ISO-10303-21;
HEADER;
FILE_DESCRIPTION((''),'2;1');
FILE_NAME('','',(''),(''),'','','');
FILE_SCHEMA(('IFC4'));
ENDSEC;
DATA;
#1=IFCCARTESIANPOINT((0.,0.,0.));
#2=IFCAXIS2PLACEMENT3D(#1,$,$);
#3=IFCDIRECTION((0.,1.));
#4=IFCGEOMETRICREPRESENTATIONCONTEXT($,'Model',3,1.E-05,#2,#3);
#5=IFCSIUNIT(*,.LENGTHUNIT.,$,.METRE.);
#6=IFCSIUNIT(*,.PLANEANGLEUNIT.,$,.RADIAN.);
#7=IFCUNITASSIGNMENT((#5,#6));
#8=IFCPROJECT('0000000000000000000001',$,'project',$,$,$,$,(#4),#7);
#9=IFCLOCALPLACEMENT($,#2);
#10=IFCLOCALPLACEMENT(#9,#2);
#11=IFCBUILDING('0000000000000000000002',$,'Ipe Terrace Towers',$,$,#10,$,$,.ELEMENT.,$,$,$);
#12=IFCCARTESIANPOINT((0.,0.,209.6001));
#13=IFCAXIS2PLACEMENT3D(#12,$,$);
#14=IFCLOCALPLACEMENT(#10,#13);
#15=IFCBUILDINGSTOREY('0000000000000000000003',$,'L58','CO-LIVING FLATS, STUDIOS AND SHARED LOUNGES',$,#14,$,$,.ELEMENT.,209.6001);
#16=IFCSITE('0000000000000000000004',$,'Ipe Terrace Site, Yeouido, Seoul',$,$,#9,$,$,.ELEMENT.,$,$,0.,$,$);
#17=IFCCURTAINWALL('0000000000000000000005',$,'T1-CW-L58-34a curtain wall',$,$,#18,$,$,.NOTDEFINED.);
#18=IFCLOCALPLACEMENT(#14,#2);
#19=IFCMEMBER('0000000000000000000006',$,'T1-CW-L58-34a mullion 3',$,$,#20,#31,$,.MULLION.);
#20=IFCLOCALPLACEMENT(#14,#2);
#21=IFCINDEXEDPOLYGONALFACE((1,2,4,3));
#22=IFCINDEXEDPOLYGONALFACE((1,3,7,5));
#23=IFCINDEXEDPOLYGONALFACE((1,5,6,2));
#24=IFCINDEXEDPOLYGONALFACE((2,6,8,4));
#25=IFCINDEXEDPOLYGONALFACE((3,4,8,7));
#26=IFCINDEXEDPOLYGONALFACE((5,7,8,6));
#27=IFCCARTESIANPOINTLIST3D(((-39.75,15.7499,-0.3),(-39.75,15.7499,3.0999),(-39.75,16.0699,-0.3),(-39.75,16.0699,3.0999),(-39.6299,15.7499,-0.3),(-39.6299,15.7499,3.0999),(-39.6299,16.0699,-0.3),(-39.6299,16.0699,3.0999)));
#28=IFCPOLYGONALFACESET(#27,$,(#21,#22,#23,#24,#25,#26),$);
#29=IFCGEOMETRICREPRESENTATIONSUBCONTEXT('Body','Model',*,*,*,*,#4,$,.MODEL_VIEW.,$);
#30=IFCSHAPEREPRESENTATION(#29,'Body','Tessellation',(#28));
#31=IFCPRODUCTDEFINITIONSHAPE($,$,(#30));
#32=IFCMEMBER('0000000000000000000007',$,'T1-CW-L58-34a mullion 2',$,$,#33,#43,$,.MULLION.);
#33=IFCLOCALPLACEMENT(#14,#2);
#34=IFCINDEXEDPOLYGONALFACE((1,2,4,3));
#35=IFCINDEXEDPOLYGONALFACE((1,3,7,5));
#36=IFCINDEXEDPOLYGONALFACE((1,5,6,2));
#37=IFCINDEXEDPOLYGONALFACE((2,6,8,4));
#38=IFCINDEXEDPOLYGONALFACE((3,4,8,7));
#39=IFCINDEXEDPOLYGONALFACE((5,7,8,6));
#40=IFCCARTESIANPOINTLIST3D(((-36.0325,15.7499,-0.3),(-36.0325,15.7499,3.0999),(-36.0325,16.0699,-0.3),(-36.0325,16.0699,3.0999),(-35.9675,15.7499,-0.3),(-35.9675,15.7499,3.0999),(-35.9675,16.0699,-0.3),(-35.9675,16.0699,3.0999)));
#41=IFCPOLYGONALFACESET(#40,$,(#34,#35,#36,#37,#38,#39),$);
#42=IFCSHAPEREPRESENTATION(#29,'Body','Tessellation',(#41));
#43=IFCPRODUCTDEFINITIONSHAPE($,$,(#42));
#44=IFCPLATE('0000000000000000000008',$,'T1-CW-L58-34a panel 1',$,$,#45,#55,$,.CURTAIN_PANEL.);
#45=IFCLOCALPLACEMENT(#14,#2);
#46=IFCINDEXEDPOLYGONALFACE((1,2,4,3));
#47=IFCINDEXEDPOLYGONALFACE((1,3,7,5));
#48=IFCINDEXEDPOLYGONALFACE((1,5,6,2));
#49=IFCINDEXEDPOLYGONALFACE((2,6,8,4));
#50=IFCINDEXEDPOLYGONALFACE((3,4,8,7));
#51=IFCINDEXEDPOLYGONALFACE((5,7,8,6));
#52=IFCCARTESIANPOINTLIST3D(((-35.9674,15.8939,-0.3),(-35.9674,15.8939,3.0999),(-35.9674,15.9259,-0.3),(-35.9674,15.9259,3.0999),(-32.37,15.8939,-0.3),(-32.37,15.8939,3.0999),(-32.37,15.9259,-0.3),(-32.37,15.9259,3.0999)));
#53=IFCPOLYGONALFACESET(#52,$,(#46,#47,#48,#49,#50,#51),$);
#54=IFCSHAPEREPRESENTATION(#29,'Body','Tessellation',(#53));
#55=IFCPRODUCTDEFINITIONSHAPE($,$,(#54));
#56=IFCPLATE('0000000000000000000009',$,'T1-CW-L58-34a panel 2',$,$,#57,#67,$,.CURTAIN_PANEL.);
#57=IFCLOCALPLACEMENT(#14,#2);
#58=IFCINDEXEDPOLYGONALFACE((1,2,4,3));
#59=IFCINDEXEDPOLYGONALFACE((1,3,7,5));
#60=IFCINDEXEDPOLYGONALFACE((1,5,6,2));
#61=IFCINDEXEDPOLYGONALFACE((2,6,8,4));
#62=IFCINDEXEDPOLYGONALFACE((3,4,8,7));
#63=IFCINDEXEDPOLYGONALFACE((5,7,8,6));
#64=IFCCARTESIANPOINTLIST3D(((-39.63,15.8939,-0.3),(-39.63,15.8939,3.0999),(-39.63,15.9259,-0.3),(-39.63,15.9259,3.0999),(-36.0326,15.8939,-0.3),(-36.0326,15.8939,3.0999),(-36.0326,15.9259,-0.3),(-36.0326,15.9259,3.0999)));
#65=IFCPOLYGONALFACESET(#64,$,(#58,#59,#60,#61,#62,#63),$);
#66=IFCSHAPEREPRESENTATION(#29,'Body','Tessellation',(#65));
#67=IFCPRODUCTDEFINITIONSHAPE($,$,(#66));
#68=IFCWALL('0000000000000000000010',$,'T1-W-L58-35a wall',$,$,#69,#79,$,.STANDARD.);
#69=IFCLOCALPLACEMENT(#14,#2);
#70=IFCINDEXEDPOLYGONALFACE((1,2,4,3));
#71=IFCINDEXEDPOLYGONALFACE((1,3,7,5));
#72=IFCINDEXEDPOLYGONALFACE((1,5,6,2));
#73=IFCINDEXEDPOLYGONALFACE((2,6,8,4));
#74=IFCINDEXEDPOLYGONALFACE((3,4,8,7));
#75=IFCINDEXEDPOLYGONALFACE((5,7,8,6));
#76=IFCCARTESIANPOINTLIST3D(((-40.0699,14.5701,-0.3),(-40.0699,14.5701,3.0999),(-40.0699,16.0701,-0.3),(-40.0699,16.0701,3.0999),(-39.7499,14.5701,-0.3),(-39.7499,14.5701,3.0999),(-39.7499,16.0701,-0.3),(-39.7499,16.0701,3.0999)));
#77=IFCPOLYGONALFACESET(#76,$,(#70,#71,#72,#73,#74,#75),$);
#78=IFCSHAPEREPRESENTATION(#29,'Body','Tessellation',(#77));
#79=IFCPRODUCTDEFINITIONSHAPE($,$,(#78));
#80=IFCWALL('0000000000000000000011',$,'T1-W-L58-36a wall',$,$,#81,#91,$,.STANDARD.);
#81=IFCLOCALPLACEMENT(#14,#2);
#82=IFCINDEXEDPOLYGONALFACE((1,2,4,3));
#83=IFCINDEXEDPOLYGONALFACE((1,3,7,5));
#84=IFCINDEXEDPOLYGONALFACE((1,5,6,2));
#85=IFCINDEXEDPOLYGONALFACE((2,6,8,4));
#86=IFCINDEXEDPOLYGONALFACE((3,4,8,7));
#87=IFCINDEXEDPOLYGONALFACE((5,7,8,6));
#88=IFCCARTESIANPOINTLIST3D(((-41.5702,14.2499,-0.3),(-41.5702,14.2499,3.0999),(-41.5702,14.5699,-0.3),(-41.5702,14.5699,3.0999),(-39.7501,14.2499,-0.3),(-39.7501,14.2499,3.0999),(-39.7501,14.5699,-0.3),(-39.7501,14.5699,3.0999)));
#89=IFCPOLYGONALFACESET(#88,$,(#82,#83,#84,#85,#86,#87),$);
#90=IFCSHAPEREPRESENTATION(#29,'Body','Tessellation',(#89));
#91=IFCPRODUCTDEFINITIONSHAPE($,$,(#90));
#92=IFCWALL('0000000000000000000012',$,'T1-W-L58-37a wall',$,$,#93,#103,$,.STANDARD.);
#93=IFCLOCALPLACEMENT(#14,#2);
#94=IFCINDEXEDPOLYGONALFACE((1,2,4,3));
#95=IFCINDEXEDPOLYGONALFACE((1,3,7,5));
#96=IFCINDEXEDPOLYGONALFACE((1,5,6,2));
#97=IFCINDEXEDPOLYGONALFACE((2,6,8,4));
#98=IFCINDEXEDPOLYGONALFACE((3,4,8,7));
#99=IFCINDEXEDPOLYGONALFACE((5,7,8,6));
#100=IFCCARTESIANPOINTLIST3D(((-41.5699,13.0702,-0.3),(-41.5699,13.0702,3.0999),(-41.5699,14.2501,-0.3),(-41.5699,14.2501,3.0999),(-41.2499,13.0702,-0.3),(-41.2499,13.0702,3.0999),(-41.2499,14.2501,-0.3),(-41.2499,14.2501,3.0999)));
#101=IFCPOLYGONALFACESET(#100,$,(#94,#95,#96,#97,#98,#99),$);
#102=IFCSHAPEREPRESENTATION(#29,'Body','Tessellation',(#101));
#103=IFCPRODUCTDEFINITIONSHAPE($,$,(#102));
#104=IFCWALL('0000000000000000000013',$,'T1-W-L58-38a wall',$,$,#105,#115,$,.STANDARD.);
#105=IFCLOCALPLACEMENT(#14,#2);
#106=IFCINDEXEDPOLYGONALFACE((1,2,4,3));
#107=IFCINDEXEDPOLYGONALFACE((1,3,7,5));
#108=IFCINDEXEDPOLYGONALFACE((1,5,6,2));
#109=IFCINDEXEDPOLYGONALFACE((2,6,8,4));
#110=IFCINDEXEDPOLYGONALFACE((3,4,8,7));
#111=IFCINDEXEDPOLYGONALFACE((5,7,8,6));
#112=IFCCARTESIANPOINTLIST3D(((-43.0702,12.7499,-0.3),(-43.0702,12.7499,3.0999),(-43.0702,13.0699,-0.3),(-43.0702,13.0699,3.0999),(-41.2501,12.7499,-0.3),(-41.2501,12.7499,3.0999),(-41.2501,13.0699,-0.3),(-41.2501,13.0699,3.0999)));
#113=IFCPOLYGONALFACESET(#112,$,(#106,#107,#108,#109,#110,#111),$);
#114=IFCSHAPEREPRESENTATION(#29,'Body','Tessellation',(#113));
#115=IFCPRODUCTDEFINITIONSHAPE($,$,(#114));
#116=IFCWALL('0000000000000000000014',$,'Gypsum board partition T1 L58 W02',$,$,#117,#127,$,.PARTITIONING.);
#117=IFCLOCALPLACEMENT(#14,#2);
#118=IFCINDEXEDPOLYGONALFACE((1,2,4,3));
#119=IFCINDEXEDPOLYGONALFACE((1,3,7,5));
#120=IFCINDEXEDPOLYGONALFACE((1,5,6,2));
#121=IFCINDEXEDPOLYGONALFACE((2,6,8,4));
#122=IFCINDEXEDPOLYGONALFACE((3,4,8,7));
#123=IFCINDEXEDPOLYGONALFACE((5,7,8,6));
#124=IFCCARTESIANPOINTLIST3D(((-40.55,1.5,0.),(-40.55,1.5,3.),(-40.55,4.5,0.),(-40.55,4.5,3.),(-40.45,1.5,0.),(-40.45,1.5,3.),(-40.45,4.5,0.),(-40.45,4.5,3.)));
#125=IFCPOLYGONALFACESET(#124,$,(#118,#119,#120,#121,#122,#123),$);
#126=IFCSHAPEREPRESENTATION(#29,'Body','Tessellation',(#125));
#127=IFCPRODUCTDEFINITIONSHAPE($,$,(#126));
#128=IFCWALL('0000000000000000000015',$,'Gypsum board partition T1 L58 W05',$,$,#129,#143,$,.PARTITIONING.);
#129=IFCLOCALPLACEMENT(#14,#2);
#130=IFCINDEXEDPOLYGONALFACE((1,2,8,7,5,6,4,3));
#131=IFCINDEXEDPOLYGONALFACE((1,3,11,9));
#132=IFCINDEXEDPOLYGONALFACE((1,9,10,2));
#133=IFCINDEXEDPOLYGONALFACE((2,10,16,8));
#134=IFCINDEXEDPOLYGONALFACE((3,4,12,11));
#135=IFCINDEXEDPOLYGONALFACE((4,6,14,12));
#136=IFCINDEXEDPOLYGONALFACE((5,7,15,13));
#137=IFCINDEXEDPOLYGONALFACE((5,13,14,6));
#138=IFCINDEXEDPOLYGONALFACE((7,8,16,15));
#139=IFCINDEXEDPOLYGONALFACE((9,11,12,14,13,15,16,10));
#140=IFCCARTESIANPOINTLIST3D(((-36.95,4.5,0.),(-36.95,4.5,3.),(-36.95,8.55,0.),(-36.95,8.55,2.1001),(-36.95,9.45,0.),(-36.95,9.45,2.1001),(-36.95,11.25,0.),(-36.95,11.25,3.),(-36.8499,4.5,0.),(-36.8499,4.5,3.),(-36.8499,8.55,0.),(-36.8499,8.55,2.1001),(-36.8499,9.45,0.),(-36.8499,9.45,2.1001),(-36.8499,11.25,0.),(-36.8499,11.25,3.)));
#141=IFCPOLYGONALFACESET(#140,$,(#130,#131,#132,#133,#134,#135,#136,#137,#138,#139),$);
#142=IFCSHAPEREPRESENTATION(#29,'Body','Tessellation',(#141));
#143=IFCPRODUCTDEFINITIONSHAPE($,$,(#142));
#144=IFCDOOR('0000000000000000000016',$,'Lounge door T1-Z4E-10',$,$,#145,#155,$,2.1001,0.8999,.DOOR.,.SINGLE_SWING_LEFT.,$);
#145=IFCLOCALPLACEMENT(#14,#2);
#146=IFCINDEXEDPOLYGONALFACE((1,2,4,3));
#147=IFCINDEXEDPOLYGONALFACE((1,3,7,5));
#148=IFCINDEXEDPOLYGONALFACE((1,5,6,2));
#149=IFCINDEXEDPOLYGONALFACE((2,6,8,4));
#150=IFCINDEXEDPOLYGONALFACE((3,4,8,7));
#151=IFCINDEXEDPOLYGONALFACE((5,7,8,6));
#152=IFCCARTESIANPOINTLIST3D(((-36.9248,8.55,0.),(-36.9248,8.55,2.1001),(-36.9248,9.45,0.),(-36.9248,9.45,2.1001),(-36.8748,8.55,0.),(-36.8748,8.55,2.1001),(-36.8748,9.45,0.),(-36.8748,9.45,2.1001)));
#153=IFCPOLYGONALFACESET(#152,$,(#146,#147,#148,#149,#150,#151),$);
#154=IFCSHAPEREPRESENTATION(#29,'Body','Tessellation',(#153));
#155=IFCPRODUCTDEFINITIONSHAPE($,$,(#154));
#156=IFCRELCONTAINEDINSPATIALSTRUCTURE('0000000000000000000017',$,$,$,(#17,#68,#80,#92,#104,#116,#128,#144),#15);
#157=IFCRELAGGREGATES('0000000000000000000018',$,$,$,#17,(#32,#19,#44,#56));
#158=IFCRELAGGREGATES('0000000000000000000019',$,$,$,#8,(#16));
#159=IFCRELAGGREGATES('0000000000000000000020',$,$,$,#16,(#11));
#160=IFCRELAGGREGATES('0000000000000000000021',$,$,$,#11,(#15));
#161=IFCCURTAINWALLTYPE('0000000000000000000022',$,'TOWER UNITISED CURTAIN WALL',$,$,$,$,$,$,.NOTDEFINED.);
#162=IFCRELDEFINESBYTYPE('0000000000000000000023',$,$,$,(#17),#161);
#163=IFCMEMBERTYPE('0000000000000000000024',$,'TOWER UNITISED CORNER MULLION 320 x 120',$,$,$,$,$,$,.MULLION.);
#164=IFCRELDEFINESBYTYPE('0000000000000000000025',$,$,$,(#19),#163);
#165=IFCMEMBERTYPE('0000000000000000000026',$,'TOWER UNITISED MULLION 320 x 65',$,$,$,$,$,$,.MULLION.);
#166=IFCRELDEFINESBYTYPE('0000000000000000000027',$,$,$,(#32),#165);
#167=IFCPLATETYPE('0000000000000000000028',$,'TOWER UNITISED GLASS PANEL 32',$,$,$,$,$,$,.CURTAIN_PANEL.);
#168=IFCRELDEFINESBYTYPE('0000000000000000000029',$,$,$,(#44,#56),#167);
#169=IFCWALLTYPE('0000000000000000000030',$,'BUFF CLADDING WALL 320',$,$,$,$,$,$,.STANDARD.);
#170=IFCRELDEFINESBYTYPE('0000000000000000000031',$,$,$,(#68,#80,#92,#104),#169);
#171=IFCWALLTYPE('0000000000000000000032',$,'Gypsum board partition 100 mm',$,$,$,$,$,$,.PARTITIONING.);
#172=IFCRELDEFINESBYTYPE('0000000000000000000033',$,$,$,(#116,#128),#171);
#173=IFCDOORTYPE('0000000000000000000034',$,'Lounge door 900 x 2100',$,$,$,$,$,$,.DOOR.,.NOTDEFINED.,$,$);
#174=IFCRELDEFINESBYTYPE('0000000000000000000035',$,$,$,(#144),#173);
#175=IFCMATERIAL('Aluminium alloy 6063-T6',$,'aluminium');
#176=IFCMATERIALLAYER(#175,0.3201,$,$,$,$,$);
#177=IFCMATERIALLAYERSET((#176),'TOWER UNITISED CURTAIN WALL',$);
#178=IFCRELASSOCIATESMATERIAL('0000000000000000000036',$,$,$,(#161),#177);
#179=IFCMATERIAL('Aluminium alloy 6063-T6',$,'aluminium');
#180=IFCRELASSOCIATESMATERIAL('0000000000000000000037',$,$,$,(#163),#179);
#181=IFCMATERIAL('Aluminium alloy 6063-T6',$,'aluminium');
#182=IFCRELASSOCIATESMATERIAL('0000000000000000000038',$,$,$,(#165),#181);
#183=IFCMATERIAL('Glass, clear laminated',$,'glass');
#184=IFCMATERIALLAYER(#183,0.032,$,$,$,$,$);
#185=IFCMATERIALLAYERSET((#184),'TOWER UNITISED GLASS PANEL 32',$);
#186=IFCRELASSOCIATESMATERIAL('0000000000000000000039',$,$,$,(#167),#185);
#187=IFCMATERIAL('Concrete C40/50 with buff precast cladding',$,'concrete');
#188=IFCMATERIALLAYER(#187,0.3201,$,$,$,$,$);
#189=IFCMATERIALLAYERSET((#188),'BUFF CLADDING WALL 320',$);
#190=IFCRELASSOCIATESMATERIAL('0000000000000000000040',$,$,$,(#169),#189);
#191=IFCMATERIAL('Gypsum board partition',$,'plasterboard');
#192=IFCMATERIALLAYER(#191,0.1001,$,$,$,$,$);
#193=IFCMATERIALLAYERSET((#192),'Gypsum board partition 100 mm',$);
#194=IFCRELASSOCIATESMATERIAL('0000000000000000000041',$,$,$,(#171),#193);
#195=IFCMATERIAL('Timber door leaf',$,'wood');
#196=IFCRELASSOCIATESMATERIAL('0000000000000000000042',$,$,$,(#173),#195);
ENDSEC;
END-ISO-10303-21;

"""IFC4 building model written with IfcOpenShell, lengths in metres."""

from ifc_helpers import new_model, si_unit, direction, frame, frame_2d, origin, origin_2d, place, context, subcontext, project, spatial, rectangle, extrude, material, layer, layer_set, material_profile, profile_set, type_object, element, fill, aggregate, save


model = new_model("IFC4")

# Units and contexts
model_context = context("Model", 3, precision=1e-05, world=origin(), true_north=direction((0.0, 1.0)))
body_context = subcontext(model_context, "Body", "Model", "MODEL_VIEW")
ifc_project = project(units=[si_unit("LENGTHUNIT", "METRE"), si_unit("PLANEANGLEUNIT", "RADIAN")], contexts=[model_context])

# Site, building, storey
site_placement = place(None, origin())
site = spatial("IfcSite", under=ifc_project, at=site_placement, Name="Ipe Terrace Site, Yeouido, Seoul", CompositionType="ELEMENT", RefElevation=0.0)
building_placement = place(site_placement, origin())
building = spatial("IfcBuilding", under=site, at=building_placement, Name="Ipe Terrace Towers", CompositionType="ELEMENT")
storey_placement = place(building_placement, frame((0.0, 0.0, 209.6001)))
storey = spatial("IfcBuildingStorey", under=building, at=storey_placement, Name="L58", Description="CO-LIVING FLATS, STUDIOS AND SHARED LOUNGES", CompositionType="ELEMENT", Elevation=209.6001)

# Curtain wall, members, plates
ifc_material_1 = material(Name="Aluminium alloy 6063-T6", Category="aluminium")
ifc_layer_1 = layer(ifc_material_1, 0.3201)
ifc_layer_set_1 = layer_set([ifc_layer_1], Name="TOWER UNITISED CURTAIN WALL")
curtain_wall_type = type_object("IfcCurtainWallType", Name="TOWER UNITISED CURTAIN WALL", PredefinedType="NOTDEFINED", material=ifc_layer_set_1)
curtain_wall_placement = place(storey_placement, origin())
curtain_wall = element("IfcCurtainWall", 1, at=curtain_wall_placement, inside=storey, type_object=curtain_wall_type, Name="T1-CW-L58-34a curtain wall", PredefinedType="NOTDEFINED")
ifc_material_2 = material(Name="Aluminium alloy 6063-T6", Category="aluminium")
ifc_material_profile_1 = material_profile(ifc_material_2, rectangle(XDim=0.3201, YDim=0.1201, at=origin_2d()), Name="TOWER UNITISED CORNER MULLION 320 x 120")
ifc_profile_set_1 = profile_set([ifc_material_profile_1], Name="Aluminium alloy 6063-T6")
member_type_1 = type_object("IfcMemberType", Name="TOWER UNITISED CORNER MULLION 320 x 120", PredefinedType="MULLION", material=ifc_profile_set_1)
member_1_placement = place(storey_placement, frame((-39.6899, 15.9099, -0.3), z_axis=(0.0, 0.0, 1.0), x_axis=(0.0, 1.0, 0.0)))
member_1 = element("IfcMember", 2, at=member_1_placement, type_object=member_type_1, Name="T1-CW-L58-34a mullion 3", PredefinedType="MULLION", context=body_context, shape_type="SweptSolid", body=[
    extrude(rectangle(XDim=0.3201, YDim=0.1201, at=origin_2d()), origin(), (0.0, 0.0, 1.0), 3.3999),
])
ifc_material_3 = material(Name="Aluminium alloy 6063-T6", Category="aluminium")
ifc_material_profile_2 = material_profile(ifc_material_3, rectangle(XDim=0.3201, YDim=0.0649, at=origin_2d()), Name="TOWER UNITISED MULLION 320 x 65")
ifc_profile_set_2 = profile_set([ifc_material_profile_2], Name="Aluminium alloy 6063-T6")
member_type_2 = type_object("IfcMemberType", Name="TOWER UNITISED MULLION 320 x 65", PredefinedType="MULLION", material=ifc_profile_set_2)
member_2_placement = place(storey_placement, frame((-36.0, 15.9099, -0.3), z_axis=(0.0, 0.0, 1.0), x_axis=(0.0, 1.0, 0.0)))
member_2 = element("IfcMember", 3, at=member_2_placement, type_object=member_type_2, Name="T1-CW-L58-34a mullion 2", PredefinedType="MULLION", context=body_context, shape_type="SweptSolid", body=[
    extrude(rectangle(XDim=0.3201, YDim=0.0649, at=origin_2d()), origin(), (0.0, 0.0, 1.0), 3.3999),
])
ifc_material_4 = material(Name="Glass, clear laminated", Category="glass")
ifc_layer_2 = layer(ifc_material_4, 0.032)
ifc_layer_set_2 = layer_set([ifc_layer_2], Name="TOWER UNITISED GLASS PANEL 32")
plate_type = type_object("IfcPlateType", Name="TOWER UNITISED GLASS PANEL 32", PredefinedType="CURTAIN_PANEL", material=ifc_layer_set_2)
plate_1_placement = place(storey_placement, frame((-34.1687, 15.9099, -0.3), z_axis=(0.0, 0.0, 1.0), x_axis=(-1.0, 0.0, 0.0)))
plate_1 = element("IfcPlate", 4, at=plate_1_placement, type_object=plate_type, Name="T1-CW-L58-34a panel 1", PredefinedType="CURTAIN_PANEL", context=body_context, shape_type="SweptSolid", body=[
    extrude(rectangle(XDim=3.5974, YDim=0.032, at=origin_2d()), origin(), (0.0, 0.0, 1.0), 3.3999),
])
plate_2_placement = place(storey_placement, frame((-37.8313, 15.9099, -0.3), z_axis=(0.0, 0.0, 1.0), x_axis=(-1.0, 0.0, 0.0)))
plate_2 = element("IfcPlate", 5, at=plate_2_placement, type_object=plate_type, Name="T1-CW-L58-34a panel 2", PredefinedType="CURTAIN_PANEL", context=body_context, shape_type="SweptSolid", body=[
    extrude(rectangle(XDim=3.5974, YDim=0.032, at=origin_2d()), origin(), (0.0, 0.0, 1.0), 3.3999),
])
aggregate(curtain_wall, [member_2, member_1, plate_1, plate_2])

# Walls
ifc_material_5 = material(Name="Concrete C40/50 with buff precast cladding", Category="concrete")
ifc_layer_3 = layer(ifc_material_5, 0.3201)
ifc_layer_set_3 = layer_set([ifc_layer_3], Name="BUFF CLADDING WALL 320")
wall_type_1 = type_object("IfcWallType", Name="BUFF CLADDING WALL 320", PredefinedType="STANDARD", material=ifc_layer_set_3)
wall_1_placement = place(storey_placement, frame((-39.9099, 16.0701, -0.3), z_axis=(0.0, 0.0, 1.0), x_axis=(0.0, -1.0, 0.0)))
element("IfcWall", 6, at=wall_1_placement, inside=storey, type_object=wall_type_1, Name="T1-W-L58-35a wall", PredefinedType="STANDARD", context=body_context, shape_type="SweptSolid", body=[
    extrude(rectangle(XDim=1.5, YDim=0.3201, at=frame_2d((0.75, 0.0))), origin(), (0.0, 0.0, 1.0), 3.3999),
])
wall_2_placement = place(storey_placement, frame((-39.75, 14.4099, -0.3), z_axis=(0.0, 0.0, 1.0), x_axis=(-1.0, 0.0, 0.0)))
element("IfcWall", 7, at=wall_2_placement, inside=storey, type_object=wall_type_1, Name="T1-W-L58-36a wall", PredefinedType="STANDARD", context=body_context, shape_type="SweptSolid", body=[
    extrude(rectangle(XDim=1.8201, YDim=0.3201, at=frame_2d((0.9102, 0.0))), origin(), (0.0, 0.0, 1.0), 3.3999),
])
wall_3_placement = place(storey_placement, frame((-41.4099, 14.25, -0.3), z_axis=(0.0, 0.0, 1.0), x_axis=(0.0, -1.0, 0.0)))
element("IfcWall", 8, at=wall_3_placement, inside=storey, type_object=wall_type_1, Name="T1-W-L58-37a wall", PredefinedType="STANDARD", context=body_context, shape_type="SweptSolid", body=[
    extrude(rectangle(XDim=1.1799, YDim=0.3201, at=frame_2d((0.5898, 0.0))), origin(), (0.0, 0.0, 1.0), 3.3999),
])
wall_4_placement = place(storey_placement, frame((-41.25, 12.9099, -0.3), z_axis=(0.0, 0.0, 1.0), x_axis=(-1.0, 0.0, 0.0)))
element("IfcWall", 9, at=wall_4_placement, inside=storey, type_object=wall_type_1, Name="T1-W-L58-38a wall", PredefinedType="STANDARD", context=body_context, shape_type="SweptSolid", body=[
    extrude(rectangle(XDim=1.8201, YDim=0.3201, at=frame_2d((0.9102, 0.0))), origin(), (0.0, 0.0, 1.0), 3.3999),
])
ifc_material_6 = material(Name="Gypsum board partition", Category="plasterboard")
ifc_layer_4 = layer(ifc_material_6, 0.1001)
ifc_layer_set_4 = layer_set([ifc_layer_4], Name="Gypsum board partition 100 mm")
wall_type_2 = type_object("IfcWallType", Name="Gypsum board partition 100 mm", PredefinedType="PARTITIONING", material=ifc_layer_set_4)
wall_5_placement = place(storey_placement, frame((-40.5, 1.5, 0.0), z_axis=(0.0, 0.0, 1.0), x_axis=(0.0, 1.0, 0.0)))
element("IfcWall", 10, at=wall_5_placement, inside=storey, type_object=wall_type_2, Name="Gypsum board partition T1 L58 W02", PredefinedType="PARTITIONING", context=body_context, shape_type="SweptSolid", body=[
    extrude(rectangle(XDim=3.0, YDim=0.1001, at=frame_2d((1.5, 0.0))), origin(), (0.0, 0.0, 1.0), 3.0),
])

# Wall, opening, door
wall_6_placement = place(storey_placement, frame((-36.8999, 4.5, 0.0), z_axis=(0.0, 0.0, 1.0), x_axis=(0.0, 1.0, 0.0)))
wall_6 = element("IfcWall", 11, at=wall_6_placement, inside=storey, type_object=wall_type_2, Name="Gypsum board partition T1 L58 W05", PredefinedType="PARTITIONING", context=body_context, shape_type="SweptSolid", body=[
    extrude(rectangle(XDim=6.75, YDim=0.1001, at=frame_2d((3.375, 0.0))), origin(), (0.0, 0.0, 1.0), 3.0),
])
opening_1_placement = place(wall_6_placement, frame((4.05, 0.0, 0.0)))
opening_1 = element("IfcOpeningElement", 12, at=opening_1_placement, cuts=wall_6, PredefinedType="OPENING", context=body_context, shape_type="SweptSolid", body=[
    extrude(rectangle(XDim=0.8999, YDim=2.1001, at=frame_2d((0.45, 1.05))), frame((0.0, 0.0601, 0.0), z_axis=(0.0, -1.0, 0.0), x_axis=(1.0, 0.0, 0.0)), (0.0, 0.0, 1.0), 0.1201),
])
ifc_material_7 = material(Name="Timber door leaf", Category="wood")
door_type = type_object("IfcDoorType", Name="Lounge door 900 x 2100", OperationType="NOTDEFINED", PredefinedType="DOOR", material=ifc_material_7)
door_1_placement = place(opening_1_placement, origin())
door_1 = element("IfcDoor", 13, at=door_1_placement, inside=storey, type_object=door_type, Name="Lounge door T1-Z4E-10", OperationType="SINGLE_SWING_LEFT", OverallHeight=2.1001, OverallWidth=0.8999, PredefinedType="DOOR", context=body_context, shape_type="SweptSolid", body=[
    extrude(rectangle(XDim=0.8999, YDim=2.1001, at=frame_2d((0.45, 1.05))), frame((0.0, 0.0249, 0.0), z_axis=(0.0, -1.0, 0.0), x_axis=(1.0, 0.0, 0.0)), (0.0, 0.0, 1.0), 0.05),
])
fill(opening_1, door_1)

save(model, "model.ifc")
